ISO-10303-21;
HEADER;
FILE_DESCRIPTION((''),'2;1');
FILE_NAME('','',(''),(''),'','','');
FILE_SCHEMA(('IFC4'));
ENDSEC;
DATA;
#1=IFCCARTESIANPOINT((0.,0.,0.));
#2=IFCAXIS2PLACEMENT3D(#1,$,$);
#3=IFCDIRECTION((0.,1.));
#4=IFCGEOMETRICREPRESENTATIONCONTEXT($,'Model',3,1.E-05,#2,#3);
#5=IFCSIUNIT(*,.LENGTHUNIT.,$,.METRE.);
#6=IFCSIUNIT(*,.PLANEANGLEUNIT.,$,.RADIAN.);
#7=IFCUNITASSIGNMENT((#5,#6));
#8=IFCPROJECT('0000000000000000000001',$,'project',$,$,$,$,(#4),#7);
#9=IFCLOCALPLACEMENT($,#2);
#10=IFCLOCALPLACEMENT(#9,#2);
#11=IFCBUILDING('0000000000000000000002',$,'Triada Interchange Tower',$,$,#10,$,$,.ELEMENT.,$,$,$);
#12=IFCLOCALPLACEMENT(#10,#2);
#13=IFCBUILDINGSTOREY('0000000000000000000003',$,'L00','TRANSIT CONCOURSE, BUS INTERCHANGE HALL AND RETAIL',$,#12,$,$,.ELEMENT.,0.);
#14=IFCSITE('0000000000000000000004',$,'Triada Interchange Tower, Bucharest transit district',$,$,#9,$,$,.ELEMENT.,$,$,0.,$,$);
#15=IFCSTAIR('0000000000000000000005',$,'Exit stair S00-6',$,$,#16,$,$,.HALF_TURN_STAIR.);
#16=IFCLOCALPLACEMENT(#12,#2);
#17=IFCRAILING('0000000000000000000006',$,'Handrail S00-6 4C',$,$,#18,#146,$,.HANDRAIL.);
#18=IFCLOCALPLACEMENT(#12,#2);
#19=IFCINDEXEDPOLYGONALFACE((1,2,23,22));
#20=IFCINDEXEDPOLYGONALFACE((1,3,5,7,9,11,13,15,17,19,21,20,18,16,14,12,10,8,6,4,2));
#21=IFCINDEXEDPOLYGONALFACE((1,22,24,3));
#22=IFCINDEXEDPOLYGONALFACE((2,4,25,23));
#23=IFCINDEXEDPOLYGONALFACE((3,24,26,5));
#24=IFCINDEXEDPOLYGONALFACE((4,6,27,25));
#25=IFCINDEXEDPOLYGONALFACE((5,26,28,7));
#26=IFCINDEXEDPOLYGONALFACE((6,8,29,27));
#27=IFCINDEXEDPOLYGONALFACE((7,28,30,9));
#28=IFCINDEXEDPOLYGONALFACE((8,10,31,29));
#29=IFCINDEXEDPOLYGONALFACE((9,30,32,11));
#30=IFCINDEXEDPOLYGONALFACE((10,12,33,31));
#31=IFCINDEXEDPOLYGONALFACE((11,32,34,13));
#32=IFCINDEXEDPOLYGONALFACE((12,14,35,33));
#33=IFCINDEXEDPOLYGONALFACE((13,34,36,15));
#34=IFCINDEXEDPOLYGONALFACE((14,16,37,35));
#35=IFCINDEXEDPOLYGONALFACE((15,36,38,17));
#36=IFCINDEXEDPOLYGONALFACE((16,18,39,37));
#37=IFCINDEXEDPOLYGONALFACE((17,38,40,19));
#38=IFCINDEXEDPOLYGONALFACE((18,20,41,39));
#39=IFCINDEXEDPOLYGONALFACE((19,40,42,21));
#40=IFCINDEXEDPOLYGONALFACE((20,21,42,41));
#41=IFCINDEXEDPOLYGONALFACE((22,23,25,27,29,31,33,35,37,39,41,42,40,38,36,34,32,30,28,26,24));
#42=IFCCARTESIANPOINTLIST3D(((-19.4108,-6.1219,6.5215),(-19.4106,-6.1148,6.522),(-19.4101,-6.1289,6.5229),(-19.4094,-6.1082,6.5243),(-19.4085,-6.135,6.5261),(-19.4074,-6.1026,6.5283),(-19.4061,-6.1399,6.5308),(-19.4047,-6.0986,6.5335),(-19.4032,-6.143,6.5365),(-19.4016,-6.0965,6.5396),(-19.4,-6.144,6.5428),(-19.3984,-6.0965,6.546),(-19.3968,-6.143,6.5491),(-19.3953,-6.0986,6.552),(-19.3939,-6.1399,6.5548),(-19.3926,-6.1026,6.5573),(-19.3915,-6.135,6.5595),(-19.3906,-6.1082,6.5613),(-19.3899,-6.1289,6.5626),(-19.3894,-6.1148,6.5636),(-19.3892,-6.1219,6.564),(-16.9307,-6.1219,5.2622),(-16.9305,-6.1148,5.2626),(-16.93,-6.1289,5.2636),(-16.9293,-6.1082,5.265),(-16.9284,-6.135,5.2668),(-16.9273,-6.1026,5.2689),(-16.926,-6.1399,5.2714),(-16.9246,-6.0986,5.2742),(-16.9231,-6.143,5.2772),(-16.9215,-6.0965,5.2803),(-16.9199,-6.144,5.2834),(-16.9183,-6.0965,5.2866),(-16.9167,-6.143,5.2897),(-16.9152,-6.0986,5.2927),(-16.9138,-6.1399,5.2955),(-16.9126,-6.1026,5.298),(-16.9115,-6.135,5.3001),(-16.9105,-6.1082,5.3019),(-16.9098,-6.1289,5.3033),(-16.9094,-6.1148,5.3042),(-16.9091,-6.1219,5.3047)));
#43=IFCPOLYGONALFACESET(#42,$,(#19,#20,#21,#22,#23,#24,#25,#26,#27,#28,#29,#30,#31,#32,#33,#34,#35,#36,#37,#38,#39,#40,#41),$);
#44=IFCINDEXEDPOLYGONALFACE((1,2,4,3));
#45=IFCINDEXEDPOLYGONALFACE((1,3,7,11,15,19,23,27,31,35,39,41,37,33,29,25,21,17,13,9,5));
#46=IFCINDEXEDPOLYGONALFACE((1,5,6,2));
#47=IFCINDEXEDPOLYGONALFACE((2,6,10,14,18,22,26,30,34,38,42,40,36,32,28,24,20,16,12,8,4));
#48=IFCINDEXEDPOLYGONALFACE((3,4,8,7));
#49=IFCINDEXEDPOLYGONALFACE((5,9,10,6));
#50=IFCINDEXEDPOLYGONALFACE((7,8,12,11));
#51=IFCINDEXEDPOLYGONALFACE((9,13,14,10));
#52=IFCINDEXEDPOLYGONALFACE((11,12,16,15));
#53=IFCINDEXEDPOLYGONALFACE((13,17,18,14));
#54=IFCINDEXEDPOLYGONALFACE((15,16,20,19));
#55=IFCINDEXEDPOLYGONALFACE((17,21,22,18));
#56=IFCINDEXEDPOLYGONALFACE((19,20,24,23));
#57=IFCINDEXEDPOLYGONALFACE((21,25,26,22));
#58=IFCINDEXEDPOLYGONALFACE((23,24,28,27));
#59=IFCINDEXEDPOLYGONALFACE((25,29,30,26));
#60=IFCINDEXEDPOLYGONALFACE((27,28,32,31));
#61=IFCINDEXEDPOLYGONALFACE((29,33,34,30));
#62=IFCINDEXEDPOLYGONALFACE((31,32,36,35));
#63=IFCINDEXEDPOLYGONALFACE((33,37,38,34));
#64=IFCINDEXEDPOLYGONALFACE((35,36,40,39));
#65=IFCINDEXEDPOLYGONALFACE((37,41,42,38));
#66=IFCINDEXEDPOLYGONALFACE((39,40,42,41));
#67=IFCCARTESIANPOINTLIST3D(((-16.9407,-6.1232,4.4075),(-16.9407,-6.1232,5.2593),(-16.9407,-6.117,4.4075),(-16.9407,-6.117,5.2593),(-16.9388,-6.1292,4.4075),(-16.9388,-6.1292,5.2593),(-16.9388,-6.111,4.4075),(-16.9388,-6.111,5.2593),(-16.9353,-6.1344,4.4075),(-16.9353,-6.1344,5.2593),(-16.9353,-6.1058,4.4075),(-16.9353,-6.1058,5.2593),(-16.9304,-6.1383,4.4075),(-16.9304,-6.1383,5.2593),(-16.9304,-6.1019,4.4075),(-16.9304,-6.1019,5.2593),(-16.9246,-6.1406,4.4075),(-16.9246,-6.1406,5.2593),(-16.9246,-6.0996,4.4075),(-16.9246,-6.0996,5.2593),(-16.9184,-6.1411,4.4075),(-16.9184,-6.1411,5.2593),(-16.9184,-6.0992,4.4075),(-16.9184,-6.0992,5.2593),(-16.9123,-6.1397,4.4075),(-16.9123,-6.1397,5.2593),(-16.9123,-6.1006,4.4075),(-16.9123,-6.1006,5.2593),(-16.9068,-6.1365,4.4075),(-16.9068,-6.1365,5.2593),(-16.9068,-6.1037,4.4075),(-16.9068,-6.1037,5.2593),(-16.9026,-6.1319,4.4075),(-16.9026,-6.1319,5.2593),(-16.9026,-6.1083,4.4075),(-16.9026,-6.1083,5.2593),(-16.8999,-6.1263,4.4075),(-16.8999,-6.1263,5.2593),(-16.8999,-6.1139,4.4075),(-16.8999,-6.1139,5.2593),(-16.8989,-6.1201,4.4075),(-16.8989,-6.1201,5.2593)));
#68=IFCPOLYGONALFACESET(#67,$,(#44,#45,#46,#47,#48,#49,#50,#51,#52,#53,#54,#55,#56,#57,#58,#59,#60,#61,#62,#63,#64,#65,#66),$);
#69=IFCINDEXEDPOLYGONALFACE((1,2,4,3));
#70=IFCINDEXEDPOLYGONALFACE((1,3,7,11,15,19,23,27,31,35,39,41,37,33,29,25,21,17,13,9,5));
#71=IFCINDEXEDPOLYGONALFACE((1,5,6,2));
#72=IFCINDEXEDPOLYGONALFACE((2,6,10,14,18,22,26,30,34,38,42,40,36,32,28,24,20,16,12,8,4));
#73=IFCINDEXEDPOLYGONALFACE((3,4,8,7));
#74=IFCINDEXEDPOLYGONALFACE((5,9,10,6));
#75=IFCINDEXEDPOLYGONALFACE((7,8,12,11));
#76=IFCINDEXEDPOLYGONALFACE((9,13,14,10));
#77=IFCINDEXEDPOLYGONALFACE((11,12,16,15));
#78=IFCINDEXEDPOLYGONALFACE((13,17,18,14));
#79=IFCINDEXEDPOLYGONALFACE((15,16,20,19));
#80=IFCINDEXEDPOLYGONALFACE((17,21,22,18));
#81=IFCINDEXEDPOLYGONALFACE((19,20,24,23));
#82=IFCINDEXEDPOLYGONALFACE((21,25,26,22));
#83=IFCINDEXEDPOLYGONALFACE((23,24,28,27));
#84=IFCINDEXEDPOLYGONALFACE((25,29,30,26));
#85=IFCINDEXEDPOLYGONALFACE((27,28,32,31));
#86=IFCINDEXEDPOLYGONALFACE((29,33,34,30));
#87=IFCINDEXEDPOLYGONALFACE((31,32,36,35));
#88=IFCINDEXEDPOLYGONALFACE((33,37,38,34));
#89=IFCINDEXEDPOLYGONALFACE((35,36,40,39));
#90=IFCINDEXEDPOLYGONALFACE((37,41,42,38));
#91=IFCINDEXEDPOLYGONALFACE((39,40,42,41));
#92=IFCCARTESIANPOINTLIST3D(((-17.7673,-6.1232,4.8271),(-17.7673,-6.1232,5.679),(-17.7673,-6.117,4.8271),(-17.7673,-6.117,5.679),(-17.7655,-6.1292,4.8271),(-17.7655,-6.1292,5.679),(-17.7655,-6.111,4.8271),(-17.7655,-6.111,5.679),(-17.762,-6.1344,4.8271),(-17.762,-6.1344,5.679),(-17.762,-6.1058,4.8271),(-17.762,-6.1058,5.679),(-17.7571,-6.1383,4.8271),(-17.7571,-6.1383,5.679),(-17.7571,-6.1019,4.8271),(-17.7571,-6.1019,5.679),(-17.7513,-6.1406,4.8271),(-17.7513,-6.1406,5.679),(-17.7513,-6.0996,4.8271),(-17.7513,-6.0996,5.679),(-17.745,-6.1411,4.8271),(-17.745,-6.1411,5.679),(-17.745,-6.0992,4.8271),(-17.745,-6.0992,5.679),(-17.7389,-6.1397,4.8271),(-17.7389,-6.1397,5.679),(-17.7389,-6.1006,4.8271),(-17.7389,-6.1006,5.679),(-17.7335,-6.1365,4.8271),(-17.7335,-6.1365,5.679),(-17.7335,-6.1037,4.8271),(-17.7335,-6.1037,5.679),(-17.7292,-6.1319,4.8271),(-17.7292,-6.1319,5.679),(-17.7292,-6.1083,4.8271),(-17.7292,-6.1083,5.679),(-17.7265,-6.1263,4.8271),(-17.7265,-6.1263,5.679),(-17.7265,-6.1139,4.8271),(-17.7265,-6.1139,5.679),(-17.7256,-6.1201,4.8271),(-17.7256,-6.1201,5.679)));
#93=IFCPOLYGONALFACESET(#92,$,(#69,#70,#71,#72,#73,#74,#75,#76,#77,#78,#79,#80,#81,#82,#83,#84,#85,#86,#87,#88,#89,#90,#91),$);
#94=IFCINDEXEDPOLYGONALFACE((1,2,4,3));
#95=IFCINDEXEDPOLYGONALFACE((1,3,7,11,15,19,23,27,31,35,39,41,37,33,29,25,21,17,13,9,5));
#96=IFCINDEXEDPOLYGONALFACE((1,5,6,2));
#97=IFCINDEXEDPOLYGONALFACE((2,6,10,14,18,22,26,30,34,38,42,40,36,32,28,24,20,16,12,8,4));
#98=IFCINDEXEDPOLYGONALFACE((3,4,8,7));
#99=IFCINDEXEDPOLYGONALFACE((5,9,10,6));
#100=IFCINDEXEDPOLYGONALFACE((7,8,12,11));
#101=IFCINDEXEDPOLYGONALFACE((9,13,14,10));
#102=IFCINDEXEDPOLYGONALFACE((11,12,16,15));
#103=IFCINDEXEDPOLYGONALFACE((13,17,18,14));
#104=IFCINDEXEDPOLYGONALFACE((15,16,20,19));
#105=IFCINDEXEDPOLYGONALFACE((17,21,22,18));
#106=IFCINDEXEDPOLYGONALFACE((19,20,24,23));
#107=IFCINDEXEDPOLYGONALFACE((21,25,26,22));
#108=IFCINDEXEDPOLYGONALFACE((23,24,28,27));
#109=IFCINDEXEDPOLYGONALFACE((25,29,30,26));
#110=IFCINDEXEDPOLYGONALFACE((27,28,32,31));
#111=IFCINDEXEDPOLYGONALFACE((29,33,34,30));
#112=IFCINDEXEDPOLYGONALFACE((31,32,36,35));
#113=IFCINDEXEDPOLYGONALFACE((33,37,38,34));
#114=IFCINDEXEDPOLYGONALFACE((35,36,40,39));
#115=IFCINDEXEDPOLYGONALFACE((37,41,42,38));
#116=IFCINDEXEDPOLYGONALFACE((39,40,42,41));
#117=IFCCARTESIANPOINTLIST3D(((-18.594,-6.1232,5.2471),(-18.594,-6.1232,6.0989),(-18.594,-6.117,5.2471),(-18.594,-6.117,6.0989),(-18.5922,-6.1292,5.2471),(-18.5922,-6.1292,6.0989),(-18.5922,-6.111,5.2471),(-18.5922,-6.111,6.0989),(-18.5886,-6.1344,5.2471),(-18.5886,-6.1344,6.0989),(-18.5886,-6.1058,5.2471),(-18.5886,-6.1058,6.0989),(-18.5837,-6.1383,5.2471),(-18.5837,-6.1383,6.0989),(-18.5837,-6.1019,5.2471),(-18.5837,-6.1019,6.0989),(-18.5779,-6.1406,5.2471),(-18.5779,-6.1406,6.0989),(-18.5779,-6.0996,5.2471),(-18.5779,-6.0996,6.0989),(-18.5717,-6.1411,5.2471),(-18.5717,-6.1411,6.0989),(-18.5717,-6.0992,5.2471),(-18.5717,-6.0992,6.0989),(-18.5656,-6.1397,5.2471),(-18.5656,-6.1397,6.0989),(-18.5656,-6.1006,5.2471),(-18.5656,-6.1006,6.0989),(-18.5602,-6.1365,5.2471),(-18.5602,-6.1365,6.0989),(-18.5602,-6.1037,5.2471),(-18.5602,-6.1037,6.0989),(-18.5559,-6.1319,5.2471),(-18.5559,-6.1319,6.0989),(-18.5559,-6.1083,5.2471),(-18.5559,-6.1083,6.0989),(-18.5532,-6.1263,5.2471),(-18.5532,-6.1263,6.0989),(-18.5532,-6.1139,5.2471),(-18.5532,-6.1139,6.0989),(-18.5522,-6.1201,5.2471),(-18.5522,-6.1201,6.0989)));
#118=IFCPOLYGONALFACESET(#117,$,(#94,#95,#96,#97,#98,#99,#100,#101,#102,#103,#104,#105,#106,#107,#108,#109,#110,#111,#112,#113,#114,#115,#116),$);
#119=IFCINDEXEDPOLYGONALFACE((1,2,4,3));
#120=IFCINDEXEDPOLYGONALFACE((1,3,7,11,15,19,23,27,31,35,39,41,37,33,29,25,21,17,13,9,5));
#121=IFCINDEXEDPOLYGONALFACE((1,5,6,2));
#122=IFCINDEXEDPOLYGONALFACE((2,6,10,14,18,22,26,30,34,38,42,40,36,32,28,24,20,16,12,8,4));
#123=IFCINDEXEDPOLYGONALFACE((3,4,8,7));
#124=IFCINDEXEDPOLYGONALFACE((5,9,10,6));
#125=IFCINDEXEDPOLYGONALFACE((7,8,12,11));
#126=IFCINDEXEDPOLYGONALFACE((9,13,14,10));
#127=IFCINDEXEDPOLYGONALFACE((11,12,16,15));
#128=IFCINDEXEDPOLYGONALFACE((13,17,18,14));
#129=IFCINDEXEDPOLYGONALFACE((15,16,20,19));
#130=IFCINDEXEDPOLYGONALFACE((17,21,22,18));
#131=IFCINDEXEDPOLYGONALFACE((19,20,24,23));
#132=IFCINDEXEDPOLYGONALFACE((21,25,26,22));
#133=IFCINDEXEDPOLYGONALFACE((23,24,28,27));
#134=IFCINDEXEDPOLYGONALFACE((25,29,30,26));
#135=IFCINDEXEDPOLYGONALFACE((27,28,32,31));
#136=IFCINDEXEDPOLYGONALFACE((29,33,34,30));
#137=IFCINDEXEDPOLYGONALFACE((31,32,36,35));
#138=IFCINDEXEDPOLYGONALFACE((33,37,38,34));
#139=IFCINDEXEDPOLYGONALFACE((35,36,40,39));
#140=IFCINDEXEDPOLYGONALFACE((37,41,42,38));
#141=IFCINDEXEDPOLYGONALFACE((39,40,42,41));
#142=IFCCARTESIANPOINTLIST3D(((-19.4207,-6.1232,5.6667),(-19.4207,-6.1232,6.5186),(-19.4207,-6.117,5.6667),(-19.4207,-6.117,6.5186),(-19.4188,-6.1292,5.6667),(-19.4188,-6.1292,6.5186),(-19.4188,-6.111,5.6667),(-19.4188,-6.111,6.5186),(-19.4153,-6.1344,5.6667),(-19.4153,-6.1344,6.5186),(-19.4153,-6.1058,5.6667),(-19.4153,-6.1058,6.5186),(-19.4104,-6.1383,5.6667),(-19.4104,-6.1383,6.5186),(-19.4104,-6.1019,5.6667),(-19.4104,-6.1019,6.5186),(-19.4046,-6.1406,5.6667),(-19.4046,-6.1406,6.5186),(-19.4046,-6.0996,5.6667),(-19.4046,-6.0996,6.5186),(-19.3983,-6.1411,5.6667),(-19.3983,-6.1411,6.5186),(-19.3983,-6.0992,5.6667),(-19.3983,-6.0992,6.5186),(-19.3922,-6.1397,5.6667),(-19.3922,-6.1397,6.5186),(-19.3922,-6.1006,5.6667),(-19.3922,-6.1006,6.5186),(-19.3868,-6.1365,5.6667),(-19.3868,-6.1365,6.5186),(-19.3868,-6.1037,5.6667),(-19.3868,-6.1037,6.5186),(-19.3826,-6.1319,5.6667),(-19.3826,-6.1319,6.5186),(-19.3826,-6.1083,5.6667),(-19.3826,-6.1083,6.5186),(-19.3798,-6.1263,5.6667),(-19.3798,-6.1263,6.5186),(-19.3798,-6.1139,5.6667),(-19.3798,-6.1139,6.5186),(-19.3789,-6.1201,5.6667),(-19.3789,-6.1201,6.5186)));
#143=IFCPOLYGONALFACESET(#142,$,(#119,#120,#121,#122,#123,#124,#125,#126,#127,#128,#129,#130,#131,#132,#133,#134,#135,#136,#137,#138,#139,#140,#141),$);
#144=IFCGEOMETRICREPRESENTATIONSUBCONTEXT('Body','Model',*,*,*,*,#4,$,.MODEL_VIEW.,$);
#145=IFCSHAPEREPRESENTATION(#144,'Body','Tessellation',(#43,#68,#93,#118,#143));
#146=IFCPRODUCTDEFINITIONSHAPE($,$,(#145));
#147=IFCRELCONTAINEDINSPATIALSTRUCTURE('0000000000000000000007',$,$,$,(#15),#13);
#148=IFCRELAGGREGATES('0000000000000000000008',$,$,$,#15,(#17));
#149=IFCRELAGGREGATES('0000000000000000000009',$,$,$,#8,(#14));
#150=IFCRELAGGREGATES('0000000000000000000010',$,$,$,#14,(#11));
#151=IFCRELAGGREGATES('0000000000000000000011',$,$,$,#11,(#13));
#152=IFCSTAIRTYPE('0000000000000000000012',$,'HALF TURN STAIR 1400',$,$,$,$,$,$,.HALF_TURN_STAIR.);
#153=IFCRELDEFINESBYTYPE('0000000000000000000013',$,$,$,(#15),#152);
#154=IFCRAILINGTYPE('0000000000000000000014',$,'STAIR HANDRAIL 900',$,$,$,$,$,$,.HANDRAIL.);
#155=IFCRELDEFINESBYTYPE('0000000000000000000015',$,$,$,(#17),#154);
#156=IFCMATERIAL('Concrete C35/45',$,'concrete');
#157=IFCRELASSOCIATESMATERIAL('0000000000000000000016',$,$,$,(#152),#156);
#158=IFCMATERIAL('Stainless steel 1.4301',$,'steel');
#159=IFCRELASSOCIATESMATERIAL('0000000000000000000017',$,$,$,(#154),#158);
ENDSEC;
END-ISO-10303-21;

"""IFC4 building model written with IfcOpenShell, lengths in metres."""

from ifc_helpers import new_model, si_unit, direction, frame, origin, origin_2d, place, context, subcontext, project, spatial, circle, extrude, material, type_object, element, aggregate, save


model = new_model("IFC4")

# Units and contexts
model_context = context("Model", 3, precision=1e-05, world=origin(), true_north=direction((0.0, 1.0)))
body_context = subcontext(model_context, "Body", "Model", "MODEL_VIEW")
ifc_project = project(units=[si_unit("LENGTHUNIT", "METRE"), si_unit("PLANEANGLEUNIT", "RADIAN")], contexts=[model_context])

# Site, building, storey
site_placement = place(None, origin())
site = spatial("IfcSite", under=ifc_project, at=site_placement, Name="Triada Interchange Tower, Bucharest transit district", CompositionType="ELEMENT", RefElevation=0.0)
building_placement = place(site_placement, origin())
building = spatial("IfcBuilding", under=site, at=building_placement, Name="Triada Interchange Tower", CompositionType="ELEMENT")
storey_placement = place(building_placement, origin())
storey = spatial("IfcBuildingStorey", under=building, at=storey_placement, Name="L00", Description="TRANSIT CONCOURSE, BUS INTERCHANGE HALL AND RETAIL", CompositionType="ELEMENT", Elevation=0.0)

# Shared definitions
ifc_material_1 = material(Name="Concrete C35/45", Category="concrete")

# Stair, railing
stair_type = type_object("IfcStairType", Name="HALF TURN STAIR 1400", PredefinedType="HALF_TURN_STAIR", material=ifc_material_1)
stair_placement = place(storey_placement, origin())
stair = element("IfcStair", 1, at=stair_placement, inside=storey, type_object=stair_type, Name="Exit stair S00-6", PredefinedType="HALF_TURN_STAIR")
ifc_material_2 = material(Name="Stainless steel 1.4301", Category="steel")
railing_type_1 = type_object("IfcRailingType", Name="STAIR HANDRAIL 900", PredefinedType="HANDRAIL", material=ifc_material_2)
railing_1_placement = place(storey_placement, frame((-16.9199, -6.1201, 4.4075)))
railing_1 = element("IfcRailing", 2, at=railing_1_placement, type_object=railing_type_1, Name="Handrail S00-6 4C", PredefinedType="HANDRAIL", context=body_context, shape_type="SweptSolid", body=[
    extrude(circle(Radius=0.0239, at=origin_2d()), frame((0.0, 0.0, 0.876), z_axis=(-0.891636, 0.0, 0.452752), x_axis=(0.0, -1.0, 0.0)), (0.0, 0.0, 1.0), 2.7815),
    extrude(circle(Radius=0.021, at=origin_2d()), origin(), (0.0, 0.0, 1.0), 0.8518),
    extrude(circle(Radius=0.021, at=origin_2d()), frame((-0.8267, 0.0, 0.4197)), (0.0, 0.0, 1.0), 0.8518),
    extrude(circle(Radius=0.021, at=origin_2d()), frame((-1.6533, 0.0, 0.8396)), (0.0, 0.0, 1.0), 0.8518),
    extrude(circle(Radius=0.021, at=origin_2d()), frame((-2.48, 0.0, 1.2593)), (0.0, 0.0, 1.0), 0.8518),
])
aggregate(stair, [railing_1])

save(model, "model.ifc")
